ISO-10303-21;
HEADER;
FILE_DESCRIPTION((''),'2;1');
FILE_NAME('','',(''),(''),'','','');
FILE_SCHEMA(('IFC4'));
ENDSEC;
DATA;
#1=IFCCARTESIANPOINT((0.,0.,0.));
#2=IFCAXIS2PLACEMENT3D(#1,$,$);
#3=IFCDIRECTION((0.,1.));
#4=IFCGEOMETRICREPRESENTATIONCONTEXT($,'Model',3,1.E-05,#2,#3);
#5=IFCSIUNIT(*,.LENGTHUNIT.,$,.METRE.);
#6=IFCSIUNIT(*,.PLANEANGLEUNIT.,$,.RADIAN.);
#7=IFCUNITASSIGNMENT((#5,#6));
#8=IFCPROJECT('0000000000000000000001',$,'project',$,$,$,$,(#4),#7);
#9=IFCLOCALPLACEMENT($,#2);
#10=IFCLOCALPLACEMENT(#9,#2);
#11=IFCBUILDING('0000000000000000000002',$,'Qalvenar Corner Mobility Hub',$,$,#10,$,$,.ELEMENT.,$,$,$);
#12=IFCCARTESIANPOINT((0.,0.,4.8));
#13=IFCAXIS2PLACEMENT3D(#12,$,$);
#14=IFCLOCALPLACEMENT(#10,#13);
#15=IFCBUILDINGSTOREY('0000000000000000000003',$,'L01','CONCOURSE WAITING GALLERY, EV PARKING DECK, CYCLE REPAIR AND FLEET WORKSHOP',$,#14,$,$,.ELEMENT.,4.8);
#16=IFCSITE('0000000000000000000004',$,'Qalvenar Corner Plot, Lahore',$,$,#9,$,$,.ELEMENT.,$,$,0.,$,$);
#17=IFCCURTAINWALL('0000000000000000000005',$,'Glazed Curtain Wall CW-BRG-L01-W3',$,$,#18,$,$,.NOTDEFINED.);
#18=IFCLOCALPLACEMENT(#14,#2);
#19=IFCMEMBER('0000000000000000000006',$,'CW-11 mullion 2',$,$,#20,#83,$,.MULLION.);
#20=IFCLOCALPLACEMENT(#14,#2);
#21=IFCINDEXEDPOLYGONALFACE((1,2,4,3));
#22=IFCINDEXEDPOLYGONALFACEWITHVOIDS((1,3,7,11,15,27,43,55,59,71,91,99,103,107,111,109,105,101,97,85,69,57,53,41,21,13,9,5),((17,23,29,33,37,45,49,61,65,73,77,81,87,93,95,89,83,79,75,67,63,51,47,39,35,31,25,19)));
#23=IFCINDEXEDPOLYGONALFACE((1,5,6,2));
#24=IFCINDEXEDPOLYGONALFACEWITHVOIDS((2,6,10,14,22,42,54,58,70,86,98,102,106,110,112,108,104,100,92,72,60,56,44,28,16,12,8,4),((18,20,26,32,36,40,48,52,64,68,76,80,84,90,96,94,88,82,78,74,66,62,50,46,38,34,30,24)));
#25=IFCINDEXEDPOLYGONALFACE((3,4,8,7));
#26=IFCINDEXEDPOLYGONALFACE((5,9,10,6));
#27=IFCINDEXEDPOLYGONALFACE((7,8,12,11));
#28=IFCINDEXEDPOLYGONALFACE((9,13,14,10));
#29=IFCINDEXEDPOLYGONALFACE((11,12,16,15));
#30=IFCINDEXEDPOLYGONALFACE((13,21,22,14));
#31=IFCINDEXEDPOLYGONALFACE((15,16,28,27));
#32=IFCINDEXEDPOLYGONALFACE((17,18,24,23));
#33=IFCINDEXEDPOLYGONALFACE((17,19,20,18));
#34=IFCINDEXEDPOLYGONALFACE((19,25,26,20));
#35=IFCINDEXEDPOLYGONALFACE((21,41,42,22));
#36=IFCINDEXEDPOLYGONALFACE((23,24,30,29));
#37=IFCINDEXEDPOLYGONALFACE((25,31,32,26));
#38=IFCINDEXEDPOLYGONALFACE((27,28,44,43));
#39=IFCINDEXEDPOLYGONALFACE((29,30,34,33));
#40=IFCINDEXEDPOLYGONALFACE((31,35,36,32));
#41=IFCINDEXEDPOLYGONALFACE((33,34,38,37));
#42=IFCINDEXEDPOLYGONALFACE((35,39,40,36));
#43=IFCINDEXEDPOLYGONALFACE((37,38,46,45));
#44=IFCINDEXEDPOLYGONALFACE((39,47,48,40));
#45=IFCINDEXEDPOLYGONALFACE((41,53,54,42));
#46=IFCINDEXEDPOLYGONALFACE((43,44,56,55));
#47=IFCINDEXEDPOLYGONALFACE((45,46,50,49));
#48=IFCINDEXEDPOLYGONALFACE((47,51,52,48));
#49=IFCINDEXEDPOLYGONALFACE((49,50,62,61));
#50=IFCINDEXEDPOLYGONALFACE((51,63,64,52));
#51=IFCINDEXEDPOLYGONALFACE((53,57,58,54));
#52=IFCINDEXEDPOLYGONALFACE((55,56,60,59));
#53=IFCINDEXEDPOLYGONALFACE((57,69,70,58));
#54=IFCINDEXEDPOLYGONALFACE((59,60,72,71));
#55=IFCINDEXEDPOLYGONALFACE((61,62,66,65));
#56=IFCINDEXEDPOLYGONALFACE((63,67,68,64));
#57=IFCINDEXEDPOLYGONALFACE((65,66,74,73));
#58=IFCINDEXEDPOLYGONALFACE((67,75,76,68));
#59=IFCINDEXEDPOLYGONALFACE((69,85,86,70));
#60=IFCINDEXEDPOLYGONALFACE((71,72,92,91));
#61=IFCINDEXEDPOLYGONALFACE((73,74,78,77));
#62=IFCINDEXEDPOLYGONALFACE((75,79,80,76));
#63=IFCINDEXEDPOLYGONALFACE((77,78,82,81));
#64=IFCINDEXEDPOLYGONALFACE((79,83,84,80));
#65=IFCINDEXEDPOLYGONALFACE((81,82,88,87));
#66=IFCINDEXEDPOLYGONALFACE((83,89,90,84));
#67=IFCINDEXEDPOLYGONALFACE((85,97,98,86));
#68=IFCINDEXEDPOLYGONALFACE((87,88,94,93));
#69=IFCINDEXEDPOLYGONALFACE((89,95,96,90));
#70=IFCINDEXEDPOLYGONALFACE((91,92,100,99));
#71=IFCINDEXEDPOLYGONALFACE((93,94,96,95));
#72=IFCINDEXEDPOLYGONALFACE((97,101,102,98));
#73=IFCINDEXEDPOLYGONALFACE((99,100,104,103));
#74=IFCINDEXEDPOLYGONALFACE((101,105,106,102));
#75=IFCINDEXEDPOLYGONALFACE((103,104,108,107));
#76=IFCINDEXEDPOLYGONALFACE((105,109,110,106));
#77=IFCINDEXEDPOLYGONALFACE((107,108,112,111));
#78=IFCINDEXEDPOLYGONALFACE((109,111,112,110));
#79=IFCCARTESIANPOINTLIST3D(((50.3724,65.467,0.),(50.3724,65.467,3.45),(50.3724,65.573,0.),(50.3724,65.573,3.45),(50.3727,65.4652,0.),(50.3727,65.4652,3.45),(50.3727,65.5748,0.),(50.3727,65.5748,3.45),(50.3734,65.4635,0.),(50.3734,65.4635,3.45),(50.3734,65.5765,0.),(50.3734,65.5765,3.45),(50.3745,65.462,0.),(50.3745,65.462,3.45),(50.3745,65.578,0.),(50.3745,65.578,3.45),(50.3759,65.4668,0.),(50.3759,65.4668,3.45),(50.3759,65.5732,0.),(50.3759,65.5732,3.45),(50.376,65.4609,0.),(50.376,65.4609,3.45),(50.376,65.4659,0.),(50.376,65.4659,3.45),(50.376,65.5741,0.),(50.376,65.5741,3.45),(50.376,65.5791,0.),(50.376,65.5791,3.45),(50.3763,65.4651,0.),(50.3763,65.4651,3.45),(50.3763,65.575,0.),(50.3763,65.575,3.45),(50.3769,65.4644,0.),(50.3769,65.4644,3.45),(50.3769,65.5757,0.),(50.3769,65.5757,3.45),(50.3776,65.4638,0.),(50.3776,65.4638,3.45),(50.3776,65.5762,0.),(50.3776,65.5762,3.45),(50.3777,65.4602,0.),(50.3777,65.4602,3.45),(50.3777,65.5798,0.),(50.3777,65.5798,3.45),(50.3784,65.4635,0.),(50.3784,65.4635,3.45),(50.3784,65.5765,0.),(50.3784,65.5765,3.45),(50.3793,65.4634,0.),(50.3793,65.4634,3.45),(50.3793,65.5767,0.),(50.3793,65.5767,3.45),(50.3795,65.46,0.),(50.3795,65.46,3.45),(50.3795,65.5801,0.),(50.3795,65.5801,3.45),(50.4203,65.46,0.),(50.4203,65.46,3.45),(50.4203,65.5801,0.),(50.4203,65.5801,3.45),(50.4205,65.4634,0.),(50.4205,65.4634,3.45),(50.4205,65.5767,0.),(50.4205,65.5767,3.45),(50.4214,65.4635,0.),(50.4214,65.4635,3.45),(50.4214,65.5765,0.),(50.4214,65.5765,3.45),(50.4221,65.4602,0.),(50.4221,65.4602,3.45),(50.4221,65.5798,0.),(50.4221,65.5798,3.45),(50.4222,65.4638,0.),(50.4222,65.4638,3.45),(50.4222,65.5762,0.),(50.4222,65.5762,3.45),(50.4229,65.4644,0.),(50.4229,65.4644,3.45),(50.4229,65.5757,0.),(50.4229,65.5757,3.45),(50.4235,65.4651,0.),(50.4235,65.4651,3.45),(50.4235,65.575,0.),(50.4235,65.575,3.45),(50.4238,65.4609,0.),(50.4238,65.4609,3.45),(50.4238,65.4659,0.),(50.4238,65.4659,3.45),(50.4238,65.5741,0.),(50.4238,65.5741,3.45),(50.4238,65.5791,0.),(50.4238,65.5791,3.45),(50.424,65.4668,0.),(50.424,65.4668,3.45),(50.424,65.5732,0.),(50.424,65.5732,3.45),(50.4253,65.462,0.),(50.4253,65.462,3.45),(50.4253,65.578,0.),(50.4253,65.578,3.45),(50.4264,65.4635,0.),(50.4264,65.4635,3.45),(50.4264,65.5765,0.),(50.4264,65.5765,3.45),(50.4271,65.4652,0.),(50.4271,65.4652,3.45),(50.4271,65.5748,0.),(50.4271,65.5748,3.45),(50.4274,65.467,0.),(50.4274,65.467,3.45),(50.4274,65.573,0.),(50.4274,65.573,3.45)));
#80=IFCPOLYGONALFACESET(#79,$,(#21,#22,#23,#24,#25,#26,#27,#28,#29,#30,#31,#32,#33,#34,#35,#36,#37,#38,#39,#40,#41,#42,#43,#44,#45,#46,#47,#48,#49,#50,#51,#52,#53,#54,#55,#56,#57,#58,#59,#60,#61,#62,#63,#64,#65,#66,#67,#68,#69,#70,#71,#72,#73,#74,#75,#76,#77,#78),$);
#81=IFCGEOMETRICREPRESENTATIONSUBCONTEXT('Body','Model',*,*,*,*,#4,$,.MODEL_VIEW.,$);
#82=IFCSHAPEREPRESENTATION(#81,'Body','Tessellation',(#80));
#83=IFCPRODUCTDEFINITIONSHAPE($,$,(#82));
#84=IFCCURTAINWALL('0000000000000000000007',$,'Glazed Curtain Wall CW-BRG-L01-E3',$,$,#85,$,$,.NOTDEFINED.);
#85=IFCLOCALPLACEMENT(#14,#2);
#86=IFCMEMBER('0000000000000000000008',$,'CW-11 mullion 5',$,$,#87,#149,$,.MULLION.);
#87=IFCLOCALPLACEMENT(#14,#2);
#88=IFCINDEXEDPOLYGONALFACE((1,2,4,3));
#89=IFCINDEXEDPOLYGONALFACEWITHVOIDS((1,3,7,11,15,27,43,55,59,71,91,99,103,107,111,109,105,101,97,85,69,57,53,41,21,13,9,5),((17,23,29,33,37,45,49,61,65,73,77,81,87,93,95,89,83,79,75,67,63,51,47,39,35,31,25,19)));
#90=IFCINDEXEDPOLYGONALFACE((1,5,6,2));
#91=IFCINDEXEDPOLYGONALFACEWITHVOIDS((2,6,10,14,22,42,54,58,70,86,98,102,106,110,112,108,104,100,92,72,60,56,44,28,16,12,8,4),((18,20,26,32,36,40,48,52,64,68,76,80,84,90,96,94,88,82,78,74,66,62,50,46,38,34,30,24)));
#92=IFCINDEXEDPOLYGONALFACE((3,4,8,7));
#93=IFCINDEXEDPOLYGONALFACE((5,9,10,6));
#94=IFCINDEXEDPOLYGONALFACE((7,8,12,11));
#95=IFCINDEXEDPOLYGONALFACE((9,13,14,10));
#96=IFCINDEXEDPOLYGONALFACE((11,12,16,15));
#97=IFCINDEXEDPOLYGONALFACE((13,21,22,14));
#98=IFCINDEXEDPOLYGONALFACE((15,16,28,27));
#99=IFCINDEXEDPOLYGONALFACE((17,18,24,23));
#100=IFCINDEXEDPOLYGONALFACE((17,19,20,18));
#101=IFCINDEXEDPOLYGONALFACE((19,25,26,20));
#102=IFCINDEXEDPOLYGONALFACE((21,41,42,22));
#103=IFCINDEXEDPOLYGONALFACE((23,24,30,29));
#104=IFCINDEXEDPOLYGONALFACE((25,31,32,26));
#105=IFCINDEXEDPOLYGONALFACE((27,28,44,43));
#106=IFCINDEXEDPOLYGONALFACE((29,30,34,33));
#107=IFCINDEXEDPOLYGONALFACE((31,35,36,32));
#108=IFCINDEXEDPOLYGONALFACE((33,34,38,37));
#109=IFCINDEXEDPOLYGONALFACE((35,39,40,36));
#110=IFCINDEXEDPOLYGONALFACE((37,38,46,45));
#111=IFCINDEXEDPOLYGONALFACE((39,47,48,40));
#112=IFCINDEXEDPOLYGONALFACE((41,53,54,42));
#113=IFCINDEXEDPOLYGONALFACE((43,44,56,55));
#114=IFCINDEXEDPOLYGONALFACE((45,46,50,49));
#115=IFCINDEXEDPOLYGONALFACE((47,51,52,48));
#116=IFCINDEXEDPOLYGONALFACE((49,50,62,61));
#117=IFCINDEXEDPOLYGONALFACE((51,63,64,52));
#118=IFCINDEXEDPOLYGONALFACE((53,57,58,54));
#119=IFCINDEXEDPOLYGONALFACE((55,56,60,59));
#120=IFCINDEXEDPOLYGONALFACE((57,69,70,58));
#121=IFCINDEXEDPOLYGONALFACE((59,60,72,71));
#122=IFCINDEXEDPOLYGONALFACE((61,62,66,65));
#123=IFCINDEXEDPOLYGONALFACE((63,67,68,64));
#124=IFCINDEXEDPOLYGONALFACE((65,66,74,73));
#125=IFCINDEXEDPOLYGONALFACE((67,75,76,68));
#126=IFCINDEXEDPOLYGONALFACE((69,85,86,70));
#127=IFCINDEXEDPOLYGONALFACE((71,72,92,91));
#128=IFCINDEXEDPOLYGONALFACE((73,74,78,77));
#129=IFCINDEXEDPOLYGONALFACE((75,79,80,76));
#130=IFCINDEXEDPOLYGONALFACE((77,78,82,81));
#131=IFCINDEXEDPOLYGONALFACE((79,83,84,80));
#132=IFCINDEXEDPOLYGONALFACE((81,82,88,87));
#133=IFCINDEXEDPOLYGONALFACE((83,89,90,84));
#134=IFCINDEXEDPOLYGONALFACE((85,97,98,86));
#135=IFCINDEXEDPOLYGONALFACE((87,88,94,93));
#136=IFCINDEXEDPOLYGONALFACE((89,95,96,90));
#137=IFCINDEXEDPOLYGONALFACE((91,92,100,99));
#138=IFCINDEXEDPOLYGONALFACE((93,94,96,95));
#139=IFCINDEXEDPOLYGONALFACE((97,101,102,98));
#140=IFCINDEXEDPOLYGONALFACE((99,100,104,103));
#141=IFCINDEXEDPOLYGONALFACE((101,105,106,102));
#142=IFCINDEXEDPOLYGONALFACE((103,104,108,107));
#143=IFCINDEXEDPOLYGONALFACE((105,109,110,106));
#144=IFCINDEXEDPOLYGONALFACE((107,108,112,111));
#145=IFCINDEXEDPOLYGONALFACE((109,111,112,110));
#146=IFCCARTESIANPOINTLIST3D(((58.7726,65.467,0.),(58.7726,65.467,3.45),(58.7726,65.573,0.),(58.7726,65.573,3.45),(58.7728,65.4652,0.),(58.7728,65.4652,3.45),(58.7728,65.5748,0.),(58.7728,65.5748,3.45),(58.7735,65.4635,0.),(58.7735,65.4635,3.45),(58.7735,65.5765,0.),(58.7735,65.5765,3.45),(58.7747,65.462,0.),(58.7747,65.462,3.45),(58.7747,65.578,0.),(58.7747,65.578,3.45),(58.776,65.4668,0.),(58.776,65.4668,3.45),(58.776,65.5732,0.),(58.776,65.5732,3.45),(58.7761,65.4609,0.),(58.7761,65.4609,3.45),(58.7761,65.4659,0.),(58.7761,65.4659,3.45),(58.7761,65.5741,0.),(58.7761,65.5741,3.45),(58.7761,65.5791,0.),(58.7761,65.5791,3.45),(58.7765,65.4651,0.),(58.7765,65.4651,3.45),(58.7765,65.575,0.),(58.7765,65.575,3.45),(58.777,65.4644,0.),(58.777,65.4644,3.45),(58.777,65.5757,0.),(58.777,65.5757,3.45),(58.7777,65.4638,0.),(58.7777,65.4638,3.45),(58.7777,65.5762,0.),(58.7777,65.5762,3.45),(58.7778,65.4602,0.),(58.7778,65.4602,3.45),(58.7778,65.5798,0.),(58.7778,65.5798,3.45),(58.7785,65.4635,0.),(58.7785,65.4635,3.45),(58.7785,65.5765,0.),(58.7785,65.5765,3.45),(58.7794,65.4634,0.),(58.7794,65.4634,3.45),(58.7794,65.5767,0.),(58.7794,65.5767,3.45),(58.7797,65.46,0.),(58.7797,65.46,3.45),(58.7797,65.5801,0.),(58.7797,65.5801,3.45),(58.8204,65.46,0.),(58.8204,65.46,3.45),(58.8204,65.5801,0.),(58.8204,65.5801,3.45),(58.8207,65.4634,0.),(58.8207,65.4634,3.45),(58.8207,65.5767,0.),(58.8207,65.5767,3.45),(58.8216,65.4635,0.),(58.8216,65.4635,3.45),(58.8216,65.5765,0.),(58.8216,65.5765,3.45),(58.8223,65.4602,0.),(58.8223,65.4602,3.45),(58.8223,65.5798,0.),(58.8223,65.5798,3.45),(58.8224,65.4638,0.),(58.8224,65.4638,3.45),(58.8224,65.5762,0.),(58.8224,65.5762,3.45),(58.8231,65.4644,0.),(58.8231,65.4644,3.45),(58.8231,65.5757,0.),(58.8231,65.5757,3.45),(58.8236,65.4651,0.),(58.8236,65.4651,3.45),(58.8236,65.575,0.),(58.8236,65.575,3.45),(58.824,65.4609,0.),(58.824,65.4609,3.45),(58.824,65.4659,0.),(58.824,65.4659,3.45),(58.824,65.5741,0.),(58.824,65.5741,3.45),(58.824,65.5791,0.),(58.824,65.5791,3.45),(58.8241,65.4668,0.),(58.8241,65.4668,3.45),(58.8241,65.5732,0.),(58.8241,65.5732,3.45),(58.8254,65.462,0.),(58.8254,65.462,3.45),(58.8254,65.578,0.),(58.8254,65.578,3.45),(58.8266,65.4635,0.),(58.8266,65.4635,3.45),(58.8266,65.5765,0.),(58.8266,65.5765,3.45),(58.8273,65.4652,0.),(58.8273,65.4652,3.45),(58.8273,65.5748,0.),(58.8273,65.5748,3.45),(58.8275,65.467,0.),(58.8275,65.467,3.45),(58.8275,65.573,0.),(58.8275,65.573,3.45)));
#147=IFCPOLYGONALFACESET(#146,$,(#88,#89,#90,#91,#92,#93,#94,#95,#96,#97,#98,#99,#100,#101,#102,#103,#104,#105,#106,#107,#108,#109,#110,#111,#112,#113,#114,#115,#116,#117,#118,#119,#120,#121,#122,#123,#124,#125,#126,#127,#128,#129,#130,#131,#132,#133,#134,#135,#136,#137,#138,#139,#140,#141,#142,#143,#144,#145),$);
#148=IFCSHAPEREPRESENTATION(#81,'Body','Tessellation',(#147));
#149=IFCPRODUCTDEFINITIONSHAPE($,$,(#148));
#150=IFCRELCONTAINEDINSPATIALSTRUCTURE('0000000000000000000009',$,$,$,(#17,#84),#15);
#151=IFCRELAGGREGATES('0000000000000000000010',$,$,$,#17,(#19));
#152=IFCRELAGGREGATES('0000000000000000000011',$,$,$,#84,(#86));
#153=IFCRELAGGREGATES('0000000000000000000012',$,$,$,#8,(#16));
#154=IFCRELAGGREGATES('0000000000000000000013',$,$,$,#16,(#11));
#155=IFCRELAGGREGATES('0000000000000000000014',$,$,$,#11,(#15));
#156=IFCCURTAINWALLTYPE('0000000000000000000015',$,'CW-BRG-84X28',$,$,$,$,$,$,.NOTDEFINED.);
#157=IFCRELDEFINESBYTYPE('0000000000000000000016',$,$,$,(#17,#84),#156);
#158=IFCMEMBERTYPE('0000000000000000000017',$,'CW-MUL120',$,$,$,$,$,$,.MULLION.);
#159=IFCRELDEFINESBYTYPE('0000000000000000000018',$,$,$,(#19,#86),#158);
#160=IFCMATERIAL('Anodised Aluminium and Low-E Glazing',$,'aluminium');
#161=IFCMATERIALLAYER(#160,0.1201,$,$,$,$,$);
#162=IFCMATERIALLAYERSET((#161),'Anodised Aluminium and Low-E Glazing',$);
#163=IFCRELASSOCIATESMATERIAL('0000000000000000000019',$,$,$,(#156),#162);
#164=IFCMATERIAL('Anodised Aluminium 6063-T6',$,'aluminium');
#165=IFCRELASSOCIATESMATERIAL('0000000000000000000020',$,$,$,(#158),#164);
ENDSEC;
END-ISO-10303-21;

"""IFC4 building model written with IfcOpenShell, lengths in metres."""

from ifc_helpers import new_model, si_unit, direction, frame, origin, origin_2d, place, context, subcontext, project, spatial, hollow_rectangle, extrude, material, layer, layer_set, material_profile, profile_set, type_object, element, aggregate, save


model = new_model("IFC4")

# Units and contexts
model_context = context("Model", 3, precision=1e-05, world=origin(), true_north=direction((0.0, 1.0)))
body_context = subcontext(model_context, "Body", "Model", "MODEL_VIEW")
ifc_project = project(units=[si_unit("LENGTHUNIT", "METRE"), si_unit("PLANEANGLEUNIT", "RADIAN")], contexts=[model_context])

# Site, building, storey
site_placement = place(None, origin())
site = spatial("IfcSite", under=ifc_project, at=site_placement, Name="Qalvenar Corner Plot, Lahore", CompositionType="ELEMENT", RefElevation=0.0)
building_placement = place(site_placement, origin())
building = spatial("IfcBuilding", under=site, at=building_placement, Name="Qalvenar Corner Mobility Hub", CompositionType="ELEMENT")
storey_placement = place(building_placement, frame((0.0, 0.0, 4.8)))
storey = spatial("IfcBuildingStorey", under=building, at=storey_placement, Name="L01", Description="CONCOURSE WAITING GALLERY, EV PARKING DECK, CYCLE REPAIR AND FLEET WORKSHOP", CompositionType="ELEMENT", Elevation=4.8)

# Curtain wall, member
ifc_material_1 = material(Name="Anodised Aluminium and Low-E Glazing", Category="aluminium")
ifc_layer_1 = layer(ifc_material_1, 0.1201)
ifc_layer_set_1 = layer_set([ifc_layer_1], Name="Anodised Aluminium and Low-E Glazing")
curtain_wall_type = type_object("IfcCurtainWallType", Name="CW-BRG-84X28", PredefinedType="NOTDEFINED", material=ifc_layer_set_1)
curtain_wall_1_placement = place(storey_placement, origin())
curtain_wall_1 = element("IfcCurtainWall", 1, at=curtain_wall_1_placement, inside=storey, type_object=curtain_wall_type, Name="Glazed Curtain Wall CW-BRG-L01-W3", PredefinedType="NOTDEFINED")
ifc_material_2 = material(Name="Anodised Aluminium 6063-T6", Category="aluminium")
ifc_material_profile_1 = material_profile(ifc_material_2, hollow_rectangle(XDim=0.0549, YDim=0.1201, WallThickness=0.0034, InnerFilletRadius=0.0034, OuterFilletRadius=0.0071, at=origin_2d()), Name="RHS120x55x3.5")
ifc_profile_set_1 = profile_set([ifc_material_profile_1], Name="Anodised Aluminium 6063-T6")
member_type_1 = type_object("IfcMemberType", Name="CW-MUL120", PredefinedType="MULLION", material=ifc_profile_set_1)
member_1_placement = place(storey_placement, frame((50.3999, 65.52, 0.0), z_axis=(0.0, 0.0, 1.0), x_axis=(1.0, 0.0, 0.0)))
member_1 = element("IfcMember", 2, at=member_1_placement, type_object=member_type_1, Name="CW-11 mullion 2", PredefinedType="MULLION", context=body_context, shape_type="SweptSolid", body=[
    extrude(hollow_rectangle(XDim=0.0549, YDim=0.1201, WallThickness=0.0034, InnerFilletRadius=0.0034, OuterFilletRadius=0.0071, at=origin_2d()), origin(), (0.0, 0.0, 1.0), 3.45),
])

# Curtain wall, member
curtain_wall_2_placement = place(storey_placement, origin())
curtain_wall_2 = element("IfcCurtainWall", 3, at=curtain_wall_2_placement, inside=storey, type_object=curtain_wall_type, Name="Glazed Curtain Wall CW-BRG-L01-E3", PredefinedType="NOTDEFINED")
member_2_placement = place(storey_placement, frame((58.8, 65.52, 0.0), z_axis=(0.0, 0.0, 1.0), x_axis=(-1.0, 0.0, 0.0)))
member_2 = element("IfcMember", 4, at=member_2_placement, type_object=member_type_1, Name="CW-11 mullion 5", PredefinedType="MULLION", context=body_context, shape_type="SweptSolid", body=[
    extrude(hollow_rectangle(XDim=0.0549, YDim=0.1201, WallThickness=0.0034, InnerFilletRadius=0.0034, OuterFilletRadius=0.0071, at=origin_2d()), origin(), (0.0, 0.0, 1.0), 3.45),
])

aggregate(curtain_wall_1, [member_1])
aggregate(curtain_wall_2, [member_2])

save(model, "model.ifc")
